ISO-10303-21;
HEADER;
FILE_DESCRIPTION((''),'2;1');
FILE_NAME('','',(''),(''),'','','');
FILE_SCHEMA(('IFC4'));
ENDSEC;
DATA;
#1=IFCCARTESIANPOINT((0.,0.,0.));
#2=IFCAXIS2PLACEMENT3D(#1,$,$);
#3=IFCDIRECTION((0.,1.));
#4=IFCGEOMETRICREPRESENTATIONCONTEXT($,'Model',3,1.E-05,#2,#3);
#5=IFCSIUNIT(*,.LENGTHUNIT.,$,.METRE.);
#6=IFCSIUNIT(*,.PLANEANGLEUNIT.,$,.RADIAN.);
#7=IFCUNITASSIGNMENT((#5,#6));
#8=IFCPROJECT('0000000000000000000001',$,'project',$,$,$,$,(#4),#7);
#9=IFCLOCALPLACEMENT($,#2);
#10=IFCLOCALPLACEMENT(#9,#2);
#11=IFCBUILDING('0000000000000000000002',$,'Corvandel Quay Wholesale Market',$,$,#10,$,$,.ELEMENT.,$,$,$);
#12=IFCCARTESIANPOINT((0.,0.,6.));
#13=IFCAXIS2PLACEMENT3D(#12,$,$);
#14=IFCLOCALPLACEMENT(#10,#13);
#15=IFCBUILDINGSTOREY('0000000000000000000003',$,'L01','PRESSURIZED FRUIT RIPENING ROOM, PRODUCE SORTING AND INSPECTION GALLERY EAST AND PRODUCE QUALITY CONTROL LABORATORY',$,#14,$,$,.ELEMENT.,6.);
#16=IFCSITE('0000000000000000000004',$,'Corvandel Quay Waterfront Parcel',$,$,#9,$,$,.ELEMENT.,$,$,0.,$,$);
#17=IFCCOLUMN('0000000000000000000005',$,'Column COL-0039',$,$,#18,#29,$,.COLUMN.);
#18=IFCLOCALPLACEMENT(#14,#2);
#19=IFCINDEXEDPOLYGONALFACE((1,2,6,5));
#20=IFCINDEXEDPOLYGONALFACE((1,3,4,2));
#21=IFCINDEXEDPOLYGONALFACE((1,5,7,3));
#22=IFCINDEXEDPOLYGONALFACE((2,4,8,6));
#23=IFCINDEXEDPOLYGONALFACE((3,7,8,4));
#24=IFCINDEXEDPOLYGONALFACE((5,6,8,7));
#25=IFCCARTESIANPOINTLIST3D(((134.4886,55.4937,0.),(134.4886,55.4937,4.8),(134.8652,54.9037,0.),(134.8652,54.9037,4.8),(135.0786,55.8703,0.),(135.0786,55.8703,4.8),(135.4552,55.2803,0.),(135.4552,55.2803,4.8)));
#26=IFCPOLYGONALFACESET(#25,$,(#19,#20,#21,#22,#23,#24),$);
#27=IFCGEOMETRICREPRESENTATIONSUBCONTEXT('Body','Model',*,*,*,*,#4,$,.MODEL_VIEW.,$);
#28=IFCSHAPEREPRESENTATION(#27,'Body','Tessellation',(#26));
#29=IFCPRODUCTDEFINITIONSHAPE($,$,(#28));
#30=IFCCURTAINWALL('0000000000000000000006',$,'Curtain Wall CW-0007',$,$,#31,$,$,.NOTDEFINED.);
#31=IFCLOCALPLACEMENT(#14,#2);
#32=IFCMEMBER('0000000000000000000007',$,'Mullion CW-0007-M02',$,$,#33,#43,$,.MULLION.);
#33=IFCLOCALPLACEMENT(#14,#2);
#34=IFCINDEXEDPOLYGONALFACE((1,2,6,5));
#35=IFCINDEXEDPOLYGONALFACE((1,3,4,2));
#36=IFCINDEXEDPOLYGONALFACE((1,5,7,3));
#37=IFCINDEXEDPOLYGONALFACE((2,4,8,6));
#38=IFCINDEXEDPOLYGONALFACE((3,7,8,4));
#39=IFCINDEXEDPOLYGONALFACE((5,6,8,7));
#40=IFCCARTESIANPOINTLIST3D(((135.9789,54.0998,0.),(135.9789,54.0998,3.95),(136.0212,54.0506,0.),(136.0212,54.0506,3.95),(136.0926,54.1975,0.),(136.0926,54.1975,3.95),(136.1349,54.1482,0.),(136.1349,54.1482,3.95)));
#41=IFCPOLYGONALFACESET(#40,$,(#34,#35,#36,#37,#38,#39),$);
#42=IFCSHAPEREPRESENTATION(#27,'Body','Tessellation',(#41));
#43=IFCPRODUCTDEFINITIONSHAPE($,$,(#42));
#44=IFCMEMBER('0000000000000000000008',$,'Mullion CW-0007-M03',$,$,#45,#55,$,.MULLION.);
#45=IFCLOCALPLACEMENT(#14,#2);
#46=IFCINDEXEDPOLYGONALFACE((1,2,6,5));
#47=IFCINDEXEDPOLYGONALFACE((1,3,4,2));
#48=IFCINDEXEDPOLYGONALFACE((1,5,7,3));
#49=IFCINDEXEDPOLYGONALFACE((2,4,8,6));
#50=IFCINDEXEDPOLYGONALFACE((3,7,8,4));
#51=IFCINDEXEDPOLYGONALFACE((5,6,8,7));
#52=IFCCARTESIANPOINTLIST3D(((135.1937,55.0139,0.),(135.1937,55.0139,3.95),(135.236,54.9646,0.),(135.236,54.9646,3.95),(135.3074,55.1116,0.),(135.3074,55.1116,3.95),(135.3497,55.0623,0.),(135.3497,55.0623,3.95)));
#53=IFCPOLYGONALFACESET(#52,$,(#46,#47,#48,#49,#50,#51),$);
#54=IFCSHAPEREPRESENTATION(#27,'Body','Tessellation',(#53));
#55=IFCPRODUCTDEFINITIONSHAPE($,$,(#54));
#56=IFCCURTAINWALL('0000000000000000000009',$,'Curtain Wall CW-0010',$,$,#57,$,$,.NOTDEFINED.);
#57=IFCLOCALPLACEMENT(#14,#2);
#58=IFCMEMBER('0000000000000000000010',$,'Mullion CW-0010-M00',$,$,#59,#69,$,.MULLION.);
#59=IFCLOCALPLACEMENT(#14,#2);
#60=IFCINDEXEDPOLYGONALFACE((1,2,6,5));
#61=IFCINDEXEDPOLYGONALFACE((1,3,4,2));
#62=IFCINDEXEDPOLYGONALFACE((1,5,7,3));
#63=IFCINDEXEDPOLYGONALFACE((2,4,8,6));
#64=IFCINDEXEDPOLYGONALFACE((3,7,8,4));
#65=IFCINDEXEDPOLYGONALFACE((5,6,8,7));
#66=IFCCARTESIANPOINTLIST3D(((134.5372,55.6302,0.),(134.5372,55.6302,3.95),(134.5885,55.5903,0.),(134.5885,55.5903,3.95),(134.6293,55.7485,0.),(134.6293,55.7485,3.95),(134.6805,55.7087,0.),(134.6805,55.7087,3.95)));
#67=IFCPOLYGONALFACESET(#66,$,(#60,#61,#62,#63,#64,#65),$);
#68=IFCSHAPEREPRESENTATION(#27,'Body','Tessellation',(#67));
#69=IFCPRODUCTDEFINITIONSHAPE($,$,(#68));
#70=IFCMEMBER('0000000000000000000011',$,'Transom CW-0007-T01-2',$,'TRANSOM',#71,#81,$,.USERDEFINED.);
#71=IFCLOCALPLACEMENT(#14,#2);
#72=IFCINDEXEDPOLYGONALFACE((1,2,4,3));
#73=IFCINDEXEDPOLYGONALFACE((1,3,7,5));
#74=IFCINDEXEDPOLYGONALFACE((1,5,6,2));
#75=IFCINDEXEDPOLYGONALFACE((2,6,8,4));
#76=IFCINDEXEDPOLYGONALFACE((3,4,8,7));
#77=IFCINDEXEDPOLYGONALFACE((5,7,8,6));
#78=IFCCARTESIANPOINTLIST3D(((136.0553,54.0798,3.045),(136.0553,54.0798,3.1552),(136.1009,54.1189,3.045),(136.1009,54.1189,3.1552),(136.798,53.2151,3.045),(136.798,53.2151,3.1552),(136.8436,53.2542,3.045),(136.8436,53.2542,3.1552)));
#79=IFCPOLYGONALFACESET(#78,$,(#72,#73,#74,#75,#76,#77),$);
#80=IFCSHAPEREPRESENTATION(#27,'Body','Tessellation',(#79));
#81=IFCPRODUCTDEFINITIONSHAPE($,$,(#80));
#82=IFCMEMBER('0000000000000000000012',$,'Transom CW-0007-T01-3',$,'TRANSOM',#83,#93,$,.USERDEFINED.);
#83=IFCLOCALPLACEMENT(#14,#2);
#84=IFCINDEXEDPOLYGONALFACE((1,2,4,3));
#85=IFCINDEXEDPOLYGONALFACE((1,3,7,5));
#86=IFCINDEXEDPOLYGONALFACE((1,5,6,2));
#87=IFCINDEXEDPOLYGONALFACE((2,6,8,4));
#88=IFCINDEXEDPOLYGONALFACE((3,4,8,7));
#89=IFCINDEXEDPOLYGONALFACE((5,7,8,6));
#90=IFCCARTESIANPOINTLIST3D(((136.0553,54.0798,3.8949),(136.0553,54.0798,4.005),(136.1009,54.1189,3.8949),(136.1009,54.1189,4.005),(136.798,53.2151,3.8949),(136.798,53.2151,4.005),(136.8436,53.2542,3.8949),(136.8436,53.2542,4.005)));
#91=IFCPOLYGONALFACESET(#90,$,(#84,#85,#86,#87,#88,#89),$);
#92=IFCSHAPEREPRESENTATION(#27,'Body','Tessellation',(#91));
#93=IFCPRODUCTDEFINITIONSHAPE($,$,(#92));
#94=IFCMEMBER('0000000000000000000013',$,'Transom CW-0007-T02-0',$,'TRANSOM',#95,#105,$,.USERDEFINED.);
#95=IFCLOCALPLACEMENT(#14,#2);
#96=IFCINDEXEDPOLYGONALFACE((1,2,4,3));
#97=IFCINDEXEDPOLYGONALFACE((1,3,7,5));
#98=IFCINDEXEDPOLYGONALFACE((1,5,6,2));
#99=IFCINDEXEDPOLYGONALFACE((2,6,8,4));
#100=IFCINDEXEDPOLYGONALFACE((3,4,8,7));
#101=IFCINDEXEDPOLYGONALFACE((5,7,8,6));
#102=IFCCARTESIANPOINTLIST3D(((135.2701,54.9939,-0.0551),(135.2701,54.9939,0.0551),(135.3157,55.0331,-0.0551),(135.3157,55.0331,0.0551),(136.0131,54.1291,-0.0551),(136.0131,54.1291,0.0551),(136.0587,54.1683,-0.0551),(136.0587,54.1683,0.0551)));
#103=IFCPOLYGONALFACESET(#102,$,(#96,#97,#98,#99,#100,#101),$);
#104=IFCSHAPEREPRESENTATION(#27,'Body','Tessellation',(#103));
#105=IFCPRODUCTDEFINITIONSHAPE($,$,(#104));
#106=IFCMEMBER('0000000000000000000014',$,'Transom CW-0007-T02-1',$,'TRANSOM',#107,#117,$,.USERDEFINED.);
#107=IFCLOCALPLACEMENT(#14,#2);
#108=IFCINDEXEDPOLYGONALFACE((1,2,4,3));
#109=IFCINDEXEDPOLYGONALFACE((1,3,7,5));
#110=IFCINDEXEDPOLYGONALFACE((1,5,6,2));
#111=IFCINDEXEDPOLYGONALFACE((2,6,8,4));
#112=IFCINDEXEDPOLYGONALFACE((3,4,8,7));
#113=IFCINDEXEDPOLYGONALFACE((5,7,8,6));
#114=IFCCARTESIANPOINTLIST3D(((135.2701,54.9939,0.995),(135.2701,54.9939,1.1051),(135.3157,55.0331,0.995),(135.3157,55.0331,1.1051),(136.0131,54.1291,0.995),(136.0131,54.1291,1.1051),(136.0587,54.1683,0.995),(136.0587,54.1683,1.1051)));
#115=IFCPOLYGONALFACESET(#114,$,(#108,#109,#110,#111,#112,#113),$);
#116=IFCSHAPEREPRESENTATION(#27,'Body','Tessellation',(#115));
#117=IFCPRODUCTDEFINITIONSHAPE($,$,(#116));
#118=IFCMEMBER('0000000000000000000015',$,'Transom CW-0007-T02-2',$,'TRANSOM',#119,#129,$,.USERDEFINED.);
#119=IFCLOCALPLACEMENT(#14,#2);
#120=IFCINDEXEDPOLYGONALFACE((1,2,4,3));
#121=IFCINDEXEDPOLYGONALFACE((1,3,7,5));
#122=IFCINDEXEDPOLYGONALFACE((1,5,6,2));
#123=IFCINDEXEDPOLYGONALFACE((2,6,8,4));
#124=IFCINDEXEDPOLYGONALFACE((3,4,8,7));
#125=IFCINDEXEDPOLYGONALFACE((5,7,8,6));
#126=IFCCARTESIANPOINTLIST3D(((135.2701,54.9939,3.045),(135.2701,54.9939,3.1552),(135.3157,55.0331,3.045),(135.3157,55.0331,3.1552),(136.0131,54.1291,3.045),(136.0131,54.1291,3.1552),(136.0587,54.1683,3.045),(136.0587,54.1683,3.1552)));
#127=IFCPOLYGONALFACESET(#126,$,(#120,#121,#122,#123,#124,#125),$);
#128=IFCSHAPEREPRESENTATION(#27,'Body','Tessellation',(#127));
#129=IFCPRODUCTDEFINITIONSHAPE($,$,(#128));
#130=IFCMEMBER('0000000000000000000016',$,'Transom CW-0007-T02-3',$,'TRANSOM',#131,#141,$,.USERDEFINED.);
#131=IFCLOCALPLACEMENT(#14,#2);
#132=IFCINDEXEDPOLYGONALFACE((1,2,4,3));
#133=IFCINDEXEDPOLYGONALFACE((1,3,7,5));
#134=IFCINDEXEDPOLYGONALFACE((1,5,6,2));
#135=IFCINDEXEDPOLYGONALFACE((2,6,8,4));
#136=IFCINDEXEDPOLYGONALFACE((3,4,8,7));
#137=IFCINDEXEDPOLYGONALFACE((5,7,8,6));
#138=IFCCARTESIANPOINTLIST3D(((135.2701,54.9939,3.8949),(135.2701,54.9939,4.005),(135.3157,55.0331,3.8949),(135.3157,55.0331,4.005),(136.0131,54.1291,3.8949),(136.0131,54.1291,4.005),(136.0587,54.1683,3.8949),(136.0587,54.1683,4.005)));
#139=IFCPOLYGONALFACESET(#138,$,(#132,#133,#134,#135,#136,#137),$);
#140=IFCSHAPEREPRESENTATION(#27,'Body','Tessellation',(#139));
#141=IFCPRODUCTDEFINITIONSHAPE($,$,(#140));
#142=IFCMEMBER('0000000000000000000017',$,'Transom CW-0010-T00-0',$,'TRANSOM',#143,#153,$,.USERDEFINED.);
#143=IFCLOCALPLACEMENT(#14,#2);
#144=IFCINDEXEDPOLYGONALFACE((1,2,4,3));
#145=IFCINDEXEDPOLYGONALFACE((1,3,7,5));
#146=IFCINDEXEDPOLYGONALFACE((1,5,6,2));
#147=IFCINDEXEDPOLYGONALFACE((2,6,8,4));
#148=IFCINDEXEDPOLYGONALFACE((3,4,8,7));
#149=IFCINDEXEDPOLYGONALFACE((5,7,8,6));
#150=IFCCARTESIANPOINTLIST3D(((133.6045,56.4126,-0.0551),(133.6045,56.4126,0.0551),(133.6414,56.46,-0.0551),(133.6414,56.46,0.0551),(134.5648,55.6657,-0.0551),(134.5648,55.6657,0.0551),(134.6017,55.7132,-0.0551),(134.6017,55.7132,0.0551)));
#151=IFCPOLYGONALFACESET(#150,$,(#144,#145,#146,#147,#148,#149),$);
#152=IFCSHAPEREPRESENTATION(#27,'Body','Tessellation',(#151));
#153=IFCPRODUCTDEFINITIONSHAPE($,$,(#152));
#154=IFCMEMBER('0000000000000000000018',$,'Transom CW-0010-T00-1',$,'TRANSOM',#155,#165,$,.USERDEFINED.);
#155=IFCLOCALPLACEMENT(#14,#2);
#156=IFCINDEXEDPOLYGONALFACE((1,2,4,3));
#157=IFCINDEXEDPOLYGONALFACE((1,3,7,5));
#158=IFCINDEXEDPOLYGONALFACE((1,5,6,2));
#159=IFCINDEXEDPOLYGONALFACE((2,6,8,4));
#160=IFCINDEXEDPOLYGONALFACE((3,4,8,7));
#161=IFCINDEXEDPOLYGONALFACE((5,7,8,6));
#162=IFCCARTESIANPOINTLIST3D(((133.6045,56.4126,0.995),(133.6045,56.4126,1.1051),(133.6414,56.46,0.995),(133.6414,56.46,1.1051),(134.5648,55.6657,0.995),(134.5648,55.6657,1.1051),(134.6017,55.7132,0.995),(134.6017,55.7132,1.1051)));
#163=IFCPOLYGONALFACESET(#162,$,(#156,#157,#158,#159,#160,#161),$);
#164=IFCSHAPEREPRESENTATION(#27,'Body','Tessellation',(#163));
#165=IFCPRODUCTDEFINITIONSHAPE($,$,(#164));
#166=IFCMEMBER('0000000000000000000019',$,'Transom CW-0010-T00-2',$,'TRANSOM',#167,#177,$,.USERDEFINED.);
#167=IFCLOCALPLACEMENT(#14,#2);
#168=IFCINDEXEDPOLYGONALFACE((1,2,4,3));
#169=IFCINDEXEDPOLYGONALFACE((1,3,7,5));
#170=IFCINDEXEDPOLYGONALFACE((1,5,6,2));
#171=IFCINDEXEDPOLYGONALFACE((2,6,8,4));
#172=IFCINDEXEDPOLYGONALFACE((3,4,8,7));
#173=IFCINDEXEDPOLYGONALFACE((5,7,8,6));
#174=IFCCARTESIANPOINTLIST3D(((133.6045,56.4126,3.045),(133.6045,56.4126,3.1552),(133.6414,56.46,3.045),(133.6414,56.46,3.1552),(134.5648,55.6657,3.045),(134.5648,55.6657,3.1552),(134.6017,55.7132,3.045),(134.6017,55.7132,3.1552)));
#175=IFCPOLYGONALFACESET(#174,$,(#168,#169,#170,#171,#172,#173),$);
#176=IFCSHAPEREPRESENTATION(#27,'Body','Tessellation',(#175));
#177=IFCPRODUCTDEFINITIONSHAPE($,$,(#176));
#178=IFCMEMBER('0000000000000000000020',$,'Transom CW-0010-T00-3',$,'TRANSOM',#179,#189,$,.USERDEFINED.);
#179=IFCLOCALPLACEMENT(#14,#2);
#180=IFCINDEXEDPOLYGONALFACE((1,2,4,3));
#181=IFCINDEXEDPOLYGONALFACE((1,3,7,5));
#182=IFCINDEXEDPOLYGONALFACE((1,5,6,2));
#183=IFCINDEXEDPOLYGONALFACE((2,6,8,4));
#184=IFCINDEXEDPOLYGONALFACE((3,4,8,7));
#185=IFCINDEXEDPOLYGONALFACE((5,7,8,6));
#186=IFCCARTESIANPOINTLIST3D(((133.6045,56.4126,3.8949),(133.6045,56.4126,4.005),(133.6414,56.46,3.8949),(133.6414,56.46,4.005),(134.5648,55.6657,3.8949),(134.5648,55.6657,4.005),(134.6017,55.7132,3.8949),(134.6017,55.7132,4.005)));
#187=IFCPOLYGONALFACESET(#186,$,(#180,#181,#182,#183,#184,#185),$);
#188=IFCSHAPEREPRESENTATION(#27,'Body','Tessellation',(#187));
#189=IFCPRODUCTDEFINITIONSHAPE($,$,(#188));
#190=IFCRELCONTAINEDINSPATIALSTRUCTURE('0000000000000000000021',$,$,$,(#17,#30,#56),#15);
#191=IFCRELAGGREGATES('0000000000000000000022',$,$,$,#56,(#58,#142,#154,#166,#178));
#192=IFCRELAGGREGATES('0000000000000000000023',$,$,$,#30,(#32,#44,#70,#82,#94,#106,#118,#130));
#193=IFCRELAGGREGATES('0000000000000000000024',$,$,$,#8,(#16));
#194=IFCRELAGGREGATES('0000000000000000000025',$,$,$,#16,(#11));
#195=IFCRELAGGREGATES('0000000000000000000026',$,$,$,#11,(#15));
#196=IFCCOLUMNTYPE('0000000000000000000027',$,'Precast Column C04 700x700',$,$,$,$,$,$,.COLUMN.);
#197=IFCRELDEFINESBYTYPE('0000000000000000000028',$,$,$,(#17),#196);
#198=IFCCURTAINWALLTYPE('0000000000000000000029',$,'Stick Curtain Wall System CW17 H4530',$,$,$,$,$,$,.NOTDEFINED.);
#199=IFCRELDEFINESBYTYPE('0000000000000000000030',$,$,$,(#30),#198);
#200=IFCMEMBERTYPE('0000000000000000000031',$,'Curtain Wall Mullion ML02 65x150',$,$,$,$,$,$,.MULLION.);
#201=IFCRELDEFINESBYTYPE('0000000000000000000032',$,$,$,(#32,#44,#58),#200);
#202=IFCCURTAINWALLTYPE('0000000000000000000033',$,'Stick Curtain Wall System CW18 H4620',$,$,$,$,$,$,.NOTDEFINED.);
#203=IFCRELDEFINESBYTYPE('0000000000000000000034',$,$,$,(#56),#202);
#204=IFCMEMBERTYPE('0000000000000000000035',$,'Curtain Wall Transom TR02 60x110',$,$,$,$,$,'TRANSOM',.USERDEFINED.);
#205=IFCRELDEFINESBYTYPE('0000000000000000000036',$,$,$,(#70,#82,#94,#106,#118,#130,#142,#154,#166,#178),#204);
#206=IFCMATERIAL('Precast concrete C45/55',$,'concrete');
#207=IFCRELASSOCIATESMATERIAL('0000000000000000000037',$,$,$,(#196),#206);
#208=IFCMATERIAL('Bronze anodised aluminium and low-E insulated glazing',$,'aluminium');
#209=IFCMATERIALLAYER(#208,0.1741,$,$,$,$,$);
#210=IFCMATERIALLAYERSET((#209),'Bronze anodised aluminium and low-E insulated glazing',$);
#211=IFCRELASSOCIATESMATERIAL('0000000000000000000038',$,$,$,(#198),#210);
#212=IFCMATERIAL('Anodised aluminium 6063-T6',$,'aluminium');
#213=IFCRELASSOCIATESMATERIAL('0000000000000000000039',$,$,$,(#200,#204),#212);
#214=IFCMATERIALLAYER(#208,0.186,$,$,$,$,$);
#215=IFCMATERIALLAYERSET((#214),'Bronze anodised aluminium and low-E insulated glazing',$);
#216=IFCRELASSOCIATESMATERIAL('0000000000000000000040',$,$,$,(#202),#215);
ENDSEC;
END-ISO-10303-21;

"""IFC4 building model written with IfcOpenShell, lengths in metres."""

from ifc_helpers import new_model, si_unit, direction, frame, origin, origin_2d, place, context, subcontext, project, spatial, rectangle, extrude, material, layer, layer_set, material_profile, profile_set, type_object, element, aggregate, save


model = new_model("IFC4")

# Units and contexts
model_context = context("Model", 3, precision=1e-05, world=origin(), true_north=direction((0.0, 1.0)))
body_context = subcontext(model_context, "Body", "Model", "MODEL_VIEW")
ifc_project = project(units=[si_unit("LENGTHUNIT", "METRE"), si_unit("PLANEANGLEUNIT", "RADIAN")], contexts=[model_context])

# Site, building, storey
site_placement = place(None, origin())
site = spatial("IfcSite", under=ifc_project, at=site_placement, Name="Corvandel Quay Waterfront Parcel", CompositionType="ELEMENT", RefElevation=0.0)
building_placement = place(site_placement, origin())
building = spatial("IfcBuilding", under=site, at=building_placement, Name="Corvandel Quay Wholesale Market", CompositionType="ELEMENT")
storey_placement = place(building_placement, frame((0.0, 0.0, 6.0)))
storey = spatial("IfcBuildingStorey", under=building, at=storey_placement, Name="L01", Description="PRESSURIZED FRUIT RIPENING ROOM, PRODUCE SORTING AND INSPECTION GALLERY EAST AND PRODUCE QUALITY CONTROL LABORATORY", CompositionType="ELEMENT", Elevation=6.0)

# Column
ifc_material_1 = material(Name="Precast concrete C45/55", Category="concrete")
ifc_material_profile_1 = material_profile(ifc_material_1, rectangle(XDim=0.7, YDim=0.7, at=origin_2d()), Name="PC-COL-700x700")
ifc_profile_set_1 = profile_set([ifc_material_profile_1], Name="Precast concrete C45/55")
column_type = type_object("IfcColumnType", Name="Precast Column C04 700x700", PredefinedType="COLUMN", material=ifc_profile_set_1)
column_placement = place(storey_placement, frame((134.9719, 55.387, 0.0), z_axis=(0.0, 0.0, 1.0), x_axis=(-0.538035, 0.842922, 0.0)))
element("IfcColumn", 1, at=column_placement, inside=storey, type_object=column_type, Name="Column COL-0039", PredefinedType="COLUMN", context=body_context, shape_type="SweptSolid", body=[
    extrude(rectangle(XDim=0.7, YDim=0.7, at=origin_2d()), origin(), (0.0, 0.0, 1.0), 4.8),
])

# Curtain wall, members
ifc_material_2 = material(Name="Bronze anodised aluminium and low-E insulated glazing", Category="aluminium")
ifc_layer_1 = layer(ifc_material_2, 0.1741)
ifc_layer_set_1 = layer_set([ifc_layer_1], Name="Bronze anodised aluminium and low-E insulated glazing")
curtain_wall_type_1 = type_object("IfcCurtainWallType", Name="Stick Curtain Wall System CW17 H4530", PredefinedType="NOTDEFINED", material=ifc_layer_set_1)
curtain_wall_1_placement = place(storey_placement, origin())
curtain_wall_1 = element("IfcCurtainWall", 2, at=curtain_wall_1_placement, inside=storey, type_object=curtain_wall_type_1, Name="Curtain Wall CW-0007", PredefinedType="NOTDEFINED")
ifc_material_3 = material(Name="Anodised aluminium 6063-T6", Category="aluminium")
ifc_material_profile_2 = material_profile(ifc_material_3, rectangle(XDim=0.0649, YDim=0.1499, at=origin_2d()), Name="ALU-MUL-65x150")
ifc_profile_set_2 = profile_set([ifc_material_profile_2], Name="Anodised aluminium 6063-T6")
member_type_1 = type_object("IfcMemberType", Name="Curtain Wall Mullion ML02 65x150", PredefinedType="MULLION", material=ifc_profile_set_2)
member_1_placement = place(storey_placement, frame((136.0569, 54.124, 0.0), z_axis=(0.0, 0.0, 1.0), x_axis=(-0.651569, 0.758589, 0.0)))
member_1 = element("IfcMember", 3, at=member_1_placement, type_object=member_type_1, Name="Mullion CW-0007-M02", PredefinedType="MULLION", context=body_context, shape_type="SweptSolid", body=[
    extrude(rectangle(XDim=0.0649, YDim=0.1499, at=origin_2d()), origin(), (0.0, 0.0, 1.0), 3.95),
])
member_2_placement = place(storey_placement, frame((135.2717, 55.0381, 0.0), z_axis=(0.0, 0.0, 1.0), x_axis=(-0.651569, 0.758589, 0.0)))
member_2 = element("IfcMember", 4, at=member_2_placement, type_object=member_type_1, Name="Mullion CW-0007-M03", PredefinedType="MULLION", context=body_context, shape_type="SweptSolid", body=[
    extrude(rectangle(XDim=0.0649, YDim=0.1499, at=origin_2d()), origin(), (0.0, 0.0, 1.0), 3.95),
])

# Curtain wall, member
ifc_layer_2 = layer(ifc_material_2, 0.186)
ifc_layer_set_2 = layer_set([ifc_layer_2], Name="Bronze anodised aluminium and low-E insulated glazing")
curtain_wall_type_2 = type_object("IfcCurtainWallType", Name="Stick Curtain Wall System CW18 H4620", PredefinedType="NOTDEFINED", material=ifc_layer_set_2)
curtain_wall_2_placement = place(storey_placement, origin())
curtain_wall_2 = element("IfcCurtainWall", 5, at=curtain_wall_2_placement, inside=storey, type_object=curtain_wall_type_2, Name="Curtain Wall CW-0010", PredefinedType="NOTDEFINED")
member_3_placement = place(storey_placement, frame((134.6089, 55.6694, 0.0), z_axis=(0.0, 0.0, 1.0), x_axis=(-0.789406, 0.613872, 0.0)))
member_3 = element("IfcMember", 6, at=member_3_placement, type_object=member_type_1, Name="Mullion CW-0010-M00", PredefinedType="MULLION", context=body_context, shape_type="SweptSolid", body=[
    extrude(rectangle(XDim=0.0649, YDim=0.1499, at=origin_2d()), origin(), (0.0, 0.0, 1.0), 3.95),
])

# Members
ifc_material_profile_3 = material_profile(ifc_material_3, rectangle(XDim=0.0601, YDim=0.1101, at=origin_2d()), Name="ALU-TRN-60x110")
ifc_profile_set_3 = profile_set([ifc_material_profile_3], Name="Anodised aluminium 6063-T6")
member_type_2 = type_object("IfcMemberType", Name="Curtain Wall Transom TR02 60x110", ElementType="TRANSOM", PredefinedType="USERDEFINED", material=ifc_profile_set_3)
member_4_placement = place(storey_placement, frame((136.8208, 53.2346, 3.1001), z_axis=(-0.651532, 0.758621, 0.0), x_axis=(-0.758621, -0.651532, 0.0)))
member_4 = element("IfcMember", 7, at=member_4_placement, type_object=member_type_2, Name="Transom CW-0007-T01-2", ObjectType="TRANSOM", PredefinedType="USERDEFINED", context=body_context, shape_type="SweptSolid", body=[
    extrude(rectangle(XDim=0.0601, YDim=0.1101, at=origin_2d()), origin(), (0.0, 0.0, 1.0), 1.1399),
])
member_5_placement = place(storey_placement, frame((136.8208, 53.2346, 3.95), z_axis=(-0.651532, 0.758621, 0.0), x_axis=(-0.758621, -0.651532, 0.0)))
member_5 = element("IfcMember", 8, at=member_5_placement, type_object=member_type_2, Name="Transom CW-0007-T01-3", ObjectType="TRANSOM", PredefinedType="USERDEFINED", context=body_context, shape_type="SweptSolid", body=[
    extrude(rectangle(XDim=0.0601, YDim=0.1101, at=origin_2d()), origin(), (0.0, 0.0, 1.0), 1.1399),
])
member_6_placement = place(storey_placement, frame((136.0359, 54.1487, 0.0), z_axis=(-0.651655, 0.758515, 0.0), x_axis=(-0.758515, -0.651655, 0.0)))
member_6 = element("IfcMember", 9, at=member_6_placement, type_object=member_type_2, Name="Transom CW-0007-T02-0", ObjectType="TRANSOM", PredefinedType="USERDEFINED", context=body_context, shape_type="SweptSolid", body=[
    extrude(rectangle(XDim=0.0601, YDim=0.1101, at=origin_2d()), origin(), (0.0, 0.0, 1.0), 1.1401),
])
member_7_placement = place(storey_placement, frame((136.0359, 54.1487, 1.05), z_axis=(-0.651655, 0.758515, 0.0), x_axis=(-0.758515, -0.651655, 0.0)))
member_7 = element("IfcMember", 10, at=member_7_placement, type_object=member_type_2, Name="Transom CW-0007-T02-1", ObjectType="TRANSOM", PredefinedType="USERDEFINED", context=body_context, shape_type="SweptSolid", body=[
    extrude(rectangle(XDim=0.0601, YDim=0.1101, at=origin_2d()), origin(), (0.0, 0.0, 1.0), 1.1401),
])
member_8_placement = place(storey_placement, frame((136.0359, 54.1487, 3.1001), z_axis=(-0.651655, 0.758515, 0.0), x_axis=(-0.758515, -0.651655, 0.0)))
member_8 = element("IfcMember", 11, at=member_8_placement, type_object=member_type_2, Name="Transom CW-0007-T02-2", ObjectType="TRANSOM", PredefinedType="USERDEFINED", context=body_context, shape_type="SweptSolid", body=[
    extrude(rectangle(XDim=0.0601, YDim=0.1101, at=origin_2d()), origin(), (0.0, 0.0, 1.0), 1.1401),
])
member_9_placement = place(storey_placement, frame((136.0359, 54.1487, 3.95), z_axis=(-0.651655, 0.758515, 0.0), x_axis=(-0.758515, -0.651655, 0.0)))
member_9 = element("IfcMember", 12, at=member_9_placement, type_object=member_type_2, Name="Transom CW-0007-T02-3", ObjectType="TRANSOM", PredefinedType="USERDEFINED", context=body_context, shape_type="SweptSolid", body=[
    extrude(rectangle(XDim=0.0601, YDim=0.1101, at=origin_2d()), origin(), (0.0, 0.0, 1.0), 1.1401),
])
member_10_placement = place(storey_placement, frame((134.5833, 55.6895, 0.0), z_axis=(-0.789352, 0.613941, 0.0), x_axis=(-0.613941, -0.789352, 0.0)))
member_10 = element("IfcMember", 13, at=member_10_placement, type_object=member_type_2, Name="Transom CW-0010-T00-0", ObjectType="TRANSOM", PredefinedType="USERDEFINED", context=body_context, shape_type="SweptSolid", body=[
    extrude(rectangle(XDim=0.0601, YDim=0.1101, at=origin_2d()), origin(), (0.0, 0.0, 1.0), 1.2166),
])
member_11_placement = place(storey_placement, frame((134.5833, 55.6895, 1.05), z_axis=(-0.789352, 0.613941, 0.0), x_axis=(-0.613941, -0.789352, 0.0)))
member_11 = element("IfcMember", 14, at=member_11_placement, type_object=member_type_2, Name="Transom CW-0010-T00-1", ObjectType="TRANSOM", PredefinedType="USERDEFINED", context=body_context, shape_type="SweptSolid", body=[
    extrude(rectangle(XDim=0.0601, YDim=0.1101, at=origin_2d()), origin(), (0.0, 0.0, 1.0), 1.2166),
])
member_12_placement = place(storey_placement, frame((134.5833, 55.6895, 3.1001), z_axis=(-0.789352, 0.613941, 0.0), x_axis=(-0.613941, -0.789352, 0.0)))
member_12 = element("IfcMember", 15, at=member_12_placement, type_object=member_type_2, Name="Transom CW-0010-T00-2", ObjectType="TRANSOM", PredefinedType="USERDEFINED", context=body_context, shape_type="SweptSolid", body=[
    extrude(rectangle(XDim=0.0601, YDim=0.1101, at=origin_2d()), origin(), (0.0, 0.0, 1.0), 1.2166),
])
member_13_placement = place(storey_placement, frame((134.5833, 55.6895, 3.95), z_axis=(-0.789352, 0.613941, 0.0), x_axis=(-0.613941, -0.789352, 0.0)))
member_13 = element("IfcMember", 16, at=member_13_placement, type_object=member_type_2, Name="Transom CW-0010-T00-3", ObjectType="TRANSOM", PredefinedType="USERDEFINED", context=body_context, shape_type="SweptSolid", body=[
    extrude(rectangle(XDim=0.0601, YDim=0.1101, at=origin_2d()), origin(), (0.0, 0.0, 1.0), 1.2166),
])
aggregate(curtain_wall_2, [member_3, member_10, member_11, member_12, member_13])

aggregate(curtain_wall_1, [member_1, member_2, member_4, member_5, member_6, member_7, member_8, member_9])

save(model, "model.ifc")
